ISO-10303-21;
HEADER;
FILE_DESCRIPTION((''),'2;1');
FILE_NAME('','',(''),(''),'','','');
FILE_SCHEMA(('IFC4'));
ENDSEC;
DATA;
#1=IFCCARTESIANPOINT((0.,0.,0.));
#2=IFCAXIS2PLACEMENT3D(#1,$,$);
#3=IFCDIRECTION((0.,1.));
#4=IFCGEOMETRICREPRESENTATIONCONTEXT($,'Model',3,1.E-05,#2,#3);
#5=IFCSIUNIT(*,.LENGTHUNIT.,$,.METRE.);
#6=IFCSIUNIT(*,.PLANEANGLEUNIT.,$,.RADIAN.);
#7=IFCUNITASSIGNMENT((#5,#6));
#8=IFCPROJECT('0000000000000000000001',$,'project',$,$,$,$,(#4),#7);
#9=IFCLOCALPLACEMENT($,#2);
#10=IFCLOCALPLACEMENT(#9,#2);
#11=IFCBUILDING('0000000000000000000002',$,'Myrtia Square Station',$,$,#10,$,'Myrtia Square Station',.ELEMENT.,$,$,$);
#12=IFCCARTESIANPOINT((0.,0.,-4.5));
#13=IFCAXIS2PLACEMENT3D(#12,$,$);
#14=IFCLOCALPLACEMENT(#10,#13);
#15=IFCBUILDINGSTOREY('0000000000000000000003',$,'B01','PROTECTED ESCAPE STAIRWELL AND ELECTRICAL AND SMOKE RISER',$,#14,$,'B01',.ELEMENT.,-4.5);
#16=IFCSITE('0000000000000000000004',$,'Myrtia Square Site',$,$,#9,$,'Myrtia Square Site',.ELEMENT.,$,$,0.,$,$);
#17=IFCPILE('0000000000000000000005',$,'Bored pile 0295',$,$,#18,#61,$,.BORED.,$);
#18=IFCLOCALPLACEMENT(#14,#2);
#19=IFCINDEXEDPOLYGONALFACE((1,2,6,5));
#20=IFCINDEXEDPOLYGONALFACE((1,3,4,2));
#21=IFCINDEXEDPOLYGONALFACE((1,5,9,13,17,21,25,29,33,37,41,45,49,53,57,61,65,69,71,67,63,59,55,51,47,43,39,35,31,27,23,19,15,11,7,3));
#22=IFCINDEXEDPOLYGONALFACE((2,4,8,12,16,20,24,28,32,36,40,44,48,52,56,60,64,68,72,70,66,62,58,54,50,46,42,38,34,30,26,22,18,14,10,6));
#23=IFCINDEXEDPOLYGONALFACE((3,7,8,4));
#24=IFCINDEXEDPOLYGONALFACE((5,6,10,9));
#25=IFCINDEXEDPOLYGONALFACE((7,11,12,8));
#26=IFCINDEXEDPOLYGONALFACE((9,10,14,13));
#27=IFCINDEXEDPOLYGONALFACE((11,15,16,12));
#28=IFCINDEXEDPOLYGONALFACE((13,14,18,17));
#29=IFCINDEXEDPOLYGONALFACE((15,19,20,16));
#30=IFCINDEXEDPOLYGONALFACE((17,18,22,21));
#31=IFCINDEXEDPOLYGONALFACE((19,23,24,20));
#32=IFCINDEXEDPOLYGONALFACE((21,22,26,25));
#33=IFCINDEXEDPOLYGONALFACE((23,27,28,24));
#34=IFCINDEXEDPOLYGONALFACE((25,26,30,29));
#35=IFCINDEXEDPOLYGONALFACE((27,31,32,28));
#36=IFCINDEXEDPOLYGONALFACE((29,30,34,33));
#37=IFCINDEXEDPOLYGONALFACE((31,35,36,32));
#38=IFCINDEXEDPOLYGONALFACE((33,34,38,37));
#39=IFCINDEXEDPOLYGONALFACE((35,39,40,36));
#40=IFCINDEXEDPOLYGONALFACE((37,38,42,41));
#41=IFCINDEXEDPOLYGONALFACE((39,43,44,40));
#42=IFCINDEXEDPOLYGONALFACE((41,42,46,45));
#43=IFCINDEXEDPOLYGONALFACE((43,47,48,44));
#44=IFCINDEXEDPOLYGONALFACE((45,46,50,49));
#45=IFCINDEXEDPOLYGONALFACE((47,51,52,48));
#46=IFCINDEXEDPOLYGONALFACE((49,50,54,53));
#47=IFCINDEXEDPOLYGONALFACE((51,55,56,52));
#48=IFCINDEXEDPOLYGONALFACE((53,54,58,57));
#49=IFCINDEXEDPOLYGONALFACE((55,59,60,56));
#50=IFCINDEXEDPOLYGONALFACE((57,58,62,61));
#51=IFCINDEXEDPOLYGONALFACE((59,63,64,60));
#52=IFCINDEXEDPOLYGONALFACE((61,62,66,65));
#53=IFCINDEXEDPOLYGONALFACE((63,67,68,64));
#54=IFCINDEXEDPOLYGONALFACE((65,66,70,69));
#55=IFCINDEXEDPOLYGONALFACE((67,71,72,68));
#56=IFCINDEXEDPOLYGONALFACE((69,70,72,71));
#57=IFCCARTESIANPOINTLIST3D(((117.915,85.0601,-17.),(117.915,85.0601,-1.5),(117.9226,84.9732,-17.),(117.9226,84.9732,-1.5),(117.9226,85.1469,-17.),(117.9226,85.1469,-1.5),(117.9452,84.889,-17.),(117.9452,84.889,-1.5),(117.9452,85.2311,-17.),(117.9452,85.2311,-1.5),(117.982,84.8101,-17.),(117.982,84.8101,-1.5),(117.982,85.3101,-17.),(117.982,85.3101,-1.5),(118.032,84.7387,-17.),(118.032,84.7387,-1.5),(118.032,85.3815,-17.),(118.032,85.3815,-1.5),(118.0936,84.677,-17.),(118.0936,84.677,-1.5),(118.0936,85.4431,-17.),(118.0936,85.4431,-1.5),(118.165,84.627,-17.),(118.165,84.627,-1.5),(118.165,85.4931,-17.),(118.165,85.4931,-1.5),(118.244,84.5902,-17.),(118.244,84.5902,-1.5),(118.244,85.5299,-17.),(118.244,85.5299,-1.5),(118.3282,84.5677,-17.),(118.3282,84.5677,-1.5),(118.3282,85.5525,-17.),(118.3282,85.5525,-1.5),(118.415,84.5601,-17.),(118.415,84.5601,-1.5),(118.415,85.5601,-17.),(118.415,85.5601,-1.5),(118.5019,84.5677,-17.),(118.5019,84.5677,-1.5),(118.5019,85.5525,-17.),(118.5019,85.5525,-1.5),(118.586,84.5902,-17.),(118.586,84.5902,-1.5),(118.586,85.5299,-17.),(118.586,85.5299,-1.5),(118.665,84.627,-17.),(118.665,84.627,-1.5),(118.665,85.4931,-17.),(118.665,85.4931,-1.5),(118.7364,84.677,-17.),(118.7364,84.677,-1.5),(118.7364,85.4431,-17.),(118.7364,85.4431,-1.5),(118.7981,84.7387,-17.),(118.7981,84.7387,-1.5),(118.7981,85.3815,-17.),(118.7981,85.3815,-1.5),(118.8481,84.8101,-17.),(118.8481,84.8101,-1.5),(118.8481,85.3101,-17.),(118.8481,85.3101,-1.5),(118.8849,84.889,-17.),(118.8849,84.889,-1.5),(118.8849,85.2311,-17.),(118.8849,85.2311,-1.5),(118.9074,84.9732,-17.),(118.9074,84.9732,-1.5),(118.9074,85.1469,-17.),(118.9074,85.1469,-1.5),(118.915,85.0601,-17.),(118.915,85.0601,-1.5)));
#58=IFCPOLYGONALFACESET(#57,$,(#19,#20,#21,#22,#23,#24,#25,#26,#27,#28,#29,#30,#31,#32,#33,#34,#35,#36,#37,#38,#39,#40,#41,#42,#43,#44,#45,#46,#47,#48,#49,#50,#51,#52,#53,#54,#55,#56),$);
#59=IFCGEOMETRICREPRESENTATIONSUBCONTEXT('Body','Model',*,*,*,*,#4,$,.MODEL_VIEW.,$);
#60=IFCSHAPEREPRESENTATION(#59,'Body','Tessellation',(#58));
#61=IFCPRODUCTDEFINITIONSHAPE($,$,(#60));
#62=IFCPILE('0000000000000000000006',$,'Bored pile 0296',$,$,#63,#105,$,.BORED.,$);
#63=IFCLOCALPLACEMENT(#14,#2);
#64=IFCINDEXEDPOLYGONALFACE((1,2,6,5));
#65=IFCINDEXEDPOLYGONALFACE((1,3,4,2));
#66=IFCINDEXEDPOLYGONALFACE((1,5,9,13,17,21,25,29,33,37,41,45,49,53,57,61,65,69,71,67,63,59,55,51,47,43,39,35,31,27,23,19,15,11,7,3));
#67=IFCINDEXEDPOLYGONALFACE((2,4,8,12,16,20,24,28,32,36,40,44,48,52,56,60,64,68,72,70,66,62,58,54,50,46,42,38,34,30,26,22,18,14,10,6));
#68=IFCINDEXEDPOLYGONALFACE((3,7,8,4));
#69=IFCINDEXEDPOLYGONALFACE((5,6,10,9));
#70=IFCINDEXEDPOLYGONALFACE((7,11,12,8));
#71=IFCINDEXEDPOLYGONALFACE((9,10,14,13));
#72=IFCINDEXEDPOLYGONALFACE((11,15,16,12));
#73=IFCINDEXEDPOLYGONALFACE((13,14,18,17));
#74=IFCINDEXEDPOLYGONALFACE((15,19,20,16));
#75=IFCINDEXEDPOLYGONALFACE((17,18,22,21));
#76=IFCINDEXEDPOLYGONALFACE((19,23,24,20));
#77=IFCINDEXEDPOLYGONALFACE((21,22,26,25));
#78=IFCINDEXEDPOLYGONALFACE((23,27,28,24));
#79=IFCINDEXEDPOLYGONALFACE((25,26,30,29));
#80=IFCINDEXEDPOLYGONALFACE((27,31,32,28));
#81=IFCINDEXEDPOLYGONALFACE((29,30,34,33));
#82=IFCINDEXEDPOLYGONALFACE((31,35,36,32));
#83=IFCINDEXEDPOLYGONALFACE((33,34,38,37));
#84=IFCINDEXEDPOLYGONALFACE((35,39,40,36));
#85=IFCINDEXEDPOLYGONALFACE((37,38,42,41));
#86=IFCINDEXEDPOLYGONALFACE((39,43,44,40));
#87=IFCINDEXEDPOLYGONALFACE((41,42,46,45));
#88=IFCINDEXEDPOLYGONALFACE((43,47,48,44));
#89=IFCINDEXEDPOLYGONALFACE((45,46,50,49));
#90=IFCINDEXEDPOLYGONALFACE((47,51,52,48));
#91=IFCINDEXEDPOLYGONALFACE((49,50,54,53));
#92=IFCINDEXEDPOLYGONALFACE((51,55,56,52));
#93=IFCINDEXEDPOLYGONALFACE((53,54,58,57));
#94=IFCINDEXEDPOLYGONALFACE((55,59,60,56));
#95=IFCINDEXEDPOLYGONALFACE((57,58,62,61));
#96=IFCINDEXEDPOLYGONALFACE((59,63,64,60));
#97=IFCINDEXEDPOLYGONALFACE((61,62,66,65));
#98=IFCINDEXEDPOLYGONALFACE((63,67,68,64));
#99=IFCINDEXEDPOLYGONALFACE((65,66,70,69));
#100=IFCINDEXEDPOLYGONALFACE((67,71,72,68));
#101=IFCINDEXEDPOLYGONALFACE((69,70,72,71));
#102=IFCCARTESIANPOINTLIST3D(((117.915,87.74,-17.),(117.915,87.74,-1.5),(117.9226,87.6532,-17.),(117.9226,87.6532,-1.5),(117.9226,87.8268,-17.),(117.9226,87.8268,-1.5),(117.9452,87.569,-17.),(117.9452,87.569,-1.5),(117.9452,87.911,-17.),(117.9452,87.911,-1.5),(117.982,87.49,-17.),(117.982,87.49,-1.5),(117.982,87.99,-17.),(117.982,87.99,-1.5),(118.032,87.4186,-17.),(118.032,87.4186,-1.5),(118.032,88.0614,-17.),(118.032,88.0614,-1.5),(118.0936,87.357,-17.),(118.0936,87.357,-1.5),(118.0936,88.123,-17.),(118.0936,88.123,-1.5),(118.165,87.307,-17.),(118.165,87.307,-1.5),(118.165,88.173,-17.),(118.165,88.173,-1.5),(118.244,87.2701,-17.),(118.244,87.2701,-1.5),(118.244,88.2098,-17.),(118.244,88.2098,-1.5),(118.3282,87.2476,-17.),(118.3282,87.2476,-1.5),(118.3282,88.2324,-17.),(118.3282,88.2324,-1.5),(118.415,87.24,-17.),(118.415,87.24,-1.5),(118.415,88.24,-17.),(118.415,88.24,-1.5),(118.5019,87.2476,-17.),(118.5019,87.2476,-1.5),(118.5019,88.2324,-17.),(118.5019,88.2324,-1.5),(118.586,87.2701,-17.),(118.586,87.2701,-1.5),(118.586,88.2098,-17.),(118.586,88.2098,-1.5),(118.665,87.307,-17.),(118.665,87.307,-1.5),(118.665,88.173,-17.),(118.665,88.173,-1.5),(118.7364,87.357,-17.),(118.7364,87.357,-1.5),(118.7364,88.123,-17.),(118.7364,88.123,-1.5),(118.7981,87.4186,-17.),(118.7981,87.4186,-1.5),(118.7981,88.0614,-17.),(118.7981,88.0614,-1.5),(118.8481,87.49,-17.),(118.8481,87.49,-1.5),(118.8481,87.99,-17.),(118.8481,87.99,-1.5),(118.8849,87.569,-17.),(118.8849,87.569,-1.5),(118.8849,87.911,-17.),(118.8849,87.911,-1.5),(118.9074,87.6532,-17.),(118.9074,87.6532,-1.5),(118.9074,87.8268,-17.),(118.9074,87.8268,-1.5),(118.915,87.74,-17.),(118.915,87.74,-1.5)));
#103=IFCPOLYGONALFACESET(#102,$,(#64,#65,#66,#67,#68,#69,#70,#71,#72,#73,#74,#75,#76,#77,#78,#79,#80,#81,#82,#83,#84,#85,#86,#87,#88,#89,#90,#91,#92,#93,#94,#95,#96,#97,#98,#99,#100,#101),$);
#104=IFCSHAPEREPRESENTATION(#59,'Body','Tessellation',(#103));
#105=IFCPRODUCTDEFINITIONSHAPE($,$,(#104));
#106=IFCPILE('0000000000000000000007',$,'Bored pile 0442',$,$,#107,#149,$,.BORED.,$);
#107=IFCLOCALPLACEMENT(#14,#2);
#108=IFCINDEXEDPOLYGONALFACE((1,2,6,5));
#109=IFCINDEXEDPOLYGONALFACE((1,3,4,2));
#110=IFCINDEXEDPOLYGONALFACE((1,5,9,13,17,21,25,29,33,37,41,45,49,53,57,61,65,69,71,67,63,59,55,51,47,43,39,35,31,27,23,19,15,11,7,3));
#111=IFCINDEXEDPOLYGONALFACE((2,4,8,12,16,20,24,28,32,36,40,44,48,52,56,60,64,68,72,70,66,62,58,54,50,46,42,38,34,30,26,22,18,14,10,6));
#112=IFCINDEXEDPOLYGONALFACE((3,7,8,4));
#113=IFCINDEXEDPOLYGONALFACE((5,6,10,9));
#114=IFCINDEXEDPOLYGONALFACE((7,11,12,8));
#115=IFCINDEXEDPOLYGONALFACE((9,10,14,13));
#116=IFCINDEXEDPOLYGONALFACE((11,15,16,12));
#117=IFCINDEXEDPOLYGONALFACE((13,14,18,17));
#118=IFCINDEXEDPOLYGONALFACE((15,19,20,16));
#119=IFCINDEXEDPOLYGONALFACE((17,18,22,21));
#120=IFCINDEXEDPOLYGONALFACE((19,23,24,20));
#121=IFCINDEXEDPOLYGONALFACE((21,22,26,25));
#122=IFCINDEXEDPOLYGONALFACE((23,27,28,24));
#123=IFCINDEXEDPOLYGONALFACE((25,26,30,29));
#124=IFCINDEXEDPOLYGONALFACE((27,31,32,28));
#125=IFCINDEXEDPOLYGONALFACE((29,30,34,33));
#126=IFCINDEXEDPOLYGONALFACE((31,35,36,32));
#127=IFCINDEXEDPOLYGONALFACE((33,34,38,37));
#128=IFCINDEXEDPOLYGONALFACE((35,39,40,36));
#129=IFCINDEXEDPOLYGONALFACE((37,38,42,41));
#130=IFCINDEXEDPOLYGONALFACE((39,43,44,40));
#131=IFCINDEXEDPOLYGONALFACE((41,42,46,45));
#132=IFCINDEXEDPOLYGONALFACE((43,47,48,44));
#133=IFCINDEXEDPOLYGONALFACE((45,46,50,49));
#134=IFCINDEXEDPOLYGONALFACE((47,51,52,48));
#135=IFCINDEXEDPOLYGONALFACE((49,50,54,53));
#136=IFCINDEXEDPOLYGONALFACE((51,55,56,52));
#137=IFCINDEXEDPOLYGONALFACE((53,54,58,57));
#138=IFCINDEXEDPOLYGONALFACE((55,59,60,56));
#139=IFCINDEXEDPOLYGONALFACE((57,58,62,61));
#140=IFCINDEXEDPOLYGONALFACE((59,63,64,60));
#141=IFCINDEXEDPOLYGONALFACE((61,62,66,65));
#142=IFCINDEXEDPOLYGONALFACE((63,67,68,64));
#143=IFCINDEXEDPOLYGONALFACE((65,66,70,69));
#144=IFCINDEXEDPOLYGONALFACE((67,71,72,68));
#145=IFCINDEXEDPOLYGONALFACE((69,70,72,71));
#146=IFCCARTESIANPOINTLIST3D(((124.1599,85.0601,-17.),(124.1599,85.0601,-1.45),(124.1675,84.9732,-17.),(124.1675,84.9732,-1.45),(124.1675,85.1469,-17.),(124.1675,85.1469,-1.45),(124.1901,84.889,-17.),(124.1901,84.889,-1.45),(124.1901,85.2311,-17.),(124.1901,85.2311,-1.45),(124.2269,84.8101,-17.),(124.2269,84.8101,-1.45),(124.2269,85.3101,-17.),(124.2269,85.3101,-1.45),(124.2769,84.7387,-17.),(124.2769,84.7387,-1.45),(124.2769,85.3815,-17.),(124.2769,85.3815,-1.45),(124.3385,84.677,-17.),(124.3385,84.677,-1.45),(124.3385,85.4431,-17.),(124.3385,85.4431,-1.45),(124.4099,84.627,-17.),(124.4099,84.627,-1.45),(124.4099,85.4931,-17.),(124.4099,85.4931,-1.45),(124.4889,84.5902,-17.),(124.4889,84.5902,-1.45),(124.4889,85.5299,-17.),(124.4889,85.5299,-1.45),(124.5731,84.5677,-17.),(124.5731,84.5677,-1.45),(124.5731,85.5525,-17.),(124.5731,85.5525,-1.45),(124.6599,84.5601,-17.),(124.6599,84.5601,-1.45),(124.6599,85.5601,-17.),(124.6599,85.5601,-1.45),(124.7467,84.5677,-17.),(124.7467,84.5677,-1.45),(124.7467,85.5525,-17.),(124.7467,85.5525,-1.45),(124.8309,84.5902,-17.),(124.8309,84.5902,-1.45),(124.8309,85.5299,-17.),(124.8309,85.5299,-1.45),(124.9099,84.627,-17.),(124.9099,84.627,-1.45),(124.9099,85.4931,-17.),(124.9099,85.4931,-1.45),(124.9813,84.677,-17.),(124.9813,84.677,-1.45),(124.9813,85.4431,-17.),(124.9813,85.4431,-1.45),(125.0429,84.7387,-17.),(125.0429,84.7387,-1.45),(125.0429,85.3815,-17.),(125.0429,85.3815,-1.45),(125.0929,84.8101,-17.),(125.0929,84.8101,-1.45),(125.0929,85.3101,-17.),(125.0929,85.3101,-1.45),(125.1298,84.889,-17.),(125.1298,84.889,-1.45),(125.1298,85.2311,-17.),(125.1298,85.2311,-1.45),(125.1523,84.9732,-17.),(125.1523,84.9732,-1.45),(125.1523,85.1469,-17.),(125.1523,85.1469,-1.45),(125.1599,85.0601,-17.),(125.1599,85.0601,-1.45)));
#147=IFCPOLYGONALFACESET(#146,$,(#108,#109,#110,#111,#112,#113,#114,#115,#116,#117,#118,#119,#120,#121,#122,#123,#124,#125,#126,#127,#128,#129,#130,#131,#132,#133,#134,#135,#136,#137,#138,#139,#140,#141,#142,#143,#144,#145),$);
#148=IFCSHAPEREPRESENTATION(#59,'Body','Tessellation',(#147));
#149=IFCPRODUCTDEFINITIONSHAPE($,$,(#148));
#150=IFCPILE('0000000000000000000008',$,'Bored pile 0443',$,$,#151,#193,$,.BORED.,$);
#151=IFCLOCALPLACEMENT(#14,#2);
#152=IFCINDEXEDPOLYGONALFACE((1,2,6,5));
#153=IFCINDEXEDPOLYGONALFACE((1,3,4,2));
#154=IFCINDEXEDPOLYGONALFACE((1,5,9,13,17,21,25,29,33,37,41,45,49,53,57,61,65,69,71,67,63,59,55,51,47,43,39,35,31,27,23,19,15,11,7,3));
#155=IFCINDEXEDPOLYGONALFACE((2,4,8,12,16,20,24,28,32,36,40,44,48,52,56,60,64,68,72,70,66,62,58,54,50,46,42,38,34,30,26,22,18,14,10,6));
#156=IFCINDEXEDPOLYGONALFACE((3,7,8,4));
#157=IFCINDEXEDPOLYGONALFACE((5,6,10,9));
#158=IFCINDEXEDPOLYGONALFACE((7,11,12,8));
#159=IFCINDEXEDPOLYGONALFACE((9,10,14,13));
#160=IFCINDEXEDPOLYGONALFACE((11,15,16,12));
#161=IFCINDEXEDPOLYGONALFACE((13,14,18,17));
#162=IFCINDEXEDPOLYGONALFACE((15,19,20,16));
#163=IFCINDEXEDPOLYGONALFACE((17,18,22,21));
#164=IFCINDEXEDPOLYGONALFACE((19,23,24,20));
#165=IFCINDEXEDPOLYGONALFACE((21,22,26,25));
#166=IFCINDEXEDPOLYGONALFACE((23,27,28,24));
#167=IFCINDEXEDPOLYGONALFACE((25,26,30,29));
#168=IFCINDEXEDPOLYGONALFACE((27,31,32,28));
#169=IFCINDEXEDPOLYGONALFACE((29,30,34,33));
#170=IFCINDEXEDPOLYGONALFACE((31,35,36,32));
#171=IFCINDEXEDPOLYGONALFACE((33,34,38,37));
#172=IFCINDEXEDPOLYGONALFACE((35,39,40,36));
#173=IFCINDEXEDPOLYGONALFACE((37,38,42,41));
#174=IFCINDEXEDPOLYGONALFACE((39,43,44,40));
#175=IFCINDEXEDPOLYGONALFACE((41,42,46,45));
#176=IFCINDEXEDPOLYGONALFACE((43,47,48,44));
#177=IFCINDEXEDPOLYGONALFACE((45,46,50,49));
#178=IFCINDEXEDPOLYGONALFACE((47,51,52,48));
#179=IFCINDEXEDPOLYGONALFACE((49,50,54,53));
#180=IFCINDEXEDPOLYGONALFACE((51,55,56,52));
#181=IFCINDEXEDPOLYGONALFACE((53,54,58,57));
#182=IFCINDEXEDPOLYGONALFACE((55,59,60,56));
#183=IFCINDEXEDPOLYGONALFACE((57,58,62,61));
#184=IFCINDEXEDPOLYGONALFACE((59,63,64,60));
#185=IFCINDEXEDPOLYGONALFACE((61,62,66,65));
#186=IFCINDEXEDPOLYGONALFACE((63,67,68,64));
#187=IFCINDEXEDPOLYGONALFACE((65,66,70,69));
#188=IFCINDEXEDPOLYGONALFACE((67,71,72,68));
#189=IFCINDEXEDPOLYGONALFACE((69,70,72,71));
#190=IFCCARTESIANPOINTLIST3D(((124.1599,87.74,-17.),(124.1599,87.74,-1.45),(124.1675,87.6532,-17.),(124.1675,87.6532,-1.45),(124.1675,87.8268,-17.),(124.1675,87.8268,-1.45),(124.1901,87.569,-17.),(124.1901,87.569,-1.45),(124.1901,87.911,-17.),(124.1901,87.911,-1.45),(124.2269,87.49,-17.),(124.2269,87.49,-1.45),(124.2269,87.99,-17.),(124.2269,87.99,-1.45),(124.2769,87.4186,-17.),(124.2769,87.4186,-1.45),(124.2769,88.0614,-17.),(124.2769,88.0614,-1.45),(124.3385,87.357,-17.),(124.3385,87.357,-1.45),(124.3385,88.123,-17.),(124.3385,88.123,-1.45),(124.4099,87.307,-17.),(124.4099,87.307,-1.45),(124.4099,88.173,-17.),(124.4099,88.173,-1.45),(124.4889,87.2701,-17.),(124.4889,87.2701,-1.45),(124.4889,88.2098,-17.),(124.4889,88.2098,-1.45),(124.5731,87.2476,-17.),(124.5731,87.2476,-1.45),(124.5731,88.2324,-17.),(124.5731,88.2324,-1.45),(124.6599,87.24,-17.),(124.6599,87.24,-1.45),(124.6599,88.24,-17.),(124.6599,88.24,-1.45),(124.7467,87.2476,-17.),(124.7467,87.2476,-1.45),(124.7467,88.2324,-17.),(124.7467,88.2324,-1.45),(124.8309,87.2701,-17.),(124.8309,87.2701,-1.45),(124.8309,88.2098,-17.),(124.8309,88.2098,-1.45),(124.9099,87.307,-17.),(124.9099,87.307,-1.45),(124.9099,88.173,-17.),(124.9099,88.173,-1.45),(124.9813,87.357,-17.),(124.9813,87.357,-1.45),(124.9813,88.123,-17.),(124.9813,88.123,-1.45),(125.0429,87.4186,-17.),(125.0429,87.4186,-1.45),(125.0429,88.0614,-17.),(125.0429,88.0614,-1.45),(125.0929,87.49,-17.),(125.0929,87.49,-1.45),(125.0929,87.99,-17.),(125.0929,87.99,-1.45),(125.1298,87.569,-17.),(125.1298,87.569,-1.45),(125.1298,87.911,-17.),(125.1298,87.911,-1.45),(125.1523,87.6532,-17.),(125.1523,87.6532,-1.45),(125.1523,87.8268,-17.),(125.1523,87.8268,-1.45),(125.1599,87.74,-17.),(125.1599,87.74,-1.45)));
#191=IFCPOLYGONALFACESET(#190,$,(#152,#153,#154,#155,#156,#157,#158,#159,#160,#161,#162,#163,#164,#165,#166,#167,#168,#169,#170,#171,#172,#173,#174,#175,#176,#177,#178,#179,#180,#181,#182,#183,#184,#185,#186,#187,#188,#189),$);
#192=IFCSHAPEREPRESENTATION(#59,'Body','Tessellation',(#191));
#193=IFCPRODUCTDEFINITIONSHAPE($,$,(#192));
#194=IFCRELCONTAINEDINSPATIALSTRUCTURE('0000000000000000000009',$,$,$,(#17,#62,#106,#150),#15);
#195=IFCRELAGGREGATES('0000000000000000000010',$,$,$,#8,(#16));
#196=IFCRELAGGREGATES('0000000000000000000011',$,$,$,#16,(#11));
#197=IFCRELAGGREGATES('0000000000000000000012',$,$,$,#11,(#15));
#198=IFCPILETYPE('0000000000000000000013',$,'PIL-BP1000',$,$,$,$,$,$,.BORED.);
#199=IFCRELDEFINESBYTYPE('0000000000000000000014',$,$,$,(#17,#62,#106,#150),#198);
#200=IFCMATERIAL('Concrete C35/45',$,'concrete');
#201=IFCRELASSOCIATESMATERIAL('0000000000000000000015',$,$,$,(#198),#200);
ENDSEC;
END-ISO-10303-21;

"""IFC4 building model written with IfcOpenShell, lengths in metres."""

from ifc_helpers import new_model, si_unit, direction, frame, origin, origin_2d, place, context, subcontext, project, spatial, circle, extrude, material, material_profile, profile_set, type_object, element, save


model = new_model("IFC4")

# Units and contexts
model_context = context("Model", 3, precision=1e-05, world=origin(), true_north=direction((0.0, 1.0)))
body_context = subcontext(model_context, "Body", "Model", "MODEL_VIEW")
ifc_project = project(units=[si_unit("LENGTHUNIT", "METRE"), si_unit("PLANEANGLEUNIT", "RADIAN")], contexts=[model_context])

# Site, building, storey
site_placement = place(None, origin())
site = spatial("IfcSite", under=ifc_project, at=site_placement, Name="Myrtia Square Site", LongName="Myrtia Square Site", CompositionType="ELEMENT", RefElevation=0.0)
building_placement = place(site_placement, origin())
building = spatial("IfcBuilding", under=site, at=building_placement, Name="Myrtia Square Station", LongName="Myrtia Square Station", CompositionType="ELEMENT")
storey_placement = place(building_placement, frame((0.0, 0.0, -4.5)))
storey = spatial("IfcBuildingStorey", under=building, at=storey_placement, Name="B01", Description="PROTECTED ESCAPE STAIRWELL AND ELECTRICAL AND SMOKE RISER", LongName="B01", CompositionType="ELEMENT", Elevation=-4.5)

# Shared definitions
ifc_material_1 = material(Name="Concrete C35/45", Category="concrete")

# Piles
ifc_material_profile_1 = material_profile(ifc_material_1, circle(Radius=0.5, at=origin_2d()), Name="BP D1000")
ifc_profile_set_1 = profile_set([ifc_material_profile_1], Name="Concrete C35/45")
pile_type_1 = type_object("IfcPileType", Name="PIL-BP1000", PredefinedType="BORED", material=ifc_profile_set_1)
for number, where, z_axis, x_axis, name in (
    (1, (118.415, 85.0601, -1.5), (0.0, 0.0, -1.0), (1.0, 0.0, 0.0), "Bored pile 0295"),
    (2, (118.415, 87.74, -1.5), (0.0, 0.0, -1.0), (1.0, 0.0, 0.0), "Bored pile 0296"),
):
    element("IfcPile", number, at=place(storey_placement, frame(where, z_axis=z_axis, x_axis=x_axis)), inside=storey, type_object=pile_type_1, Name=name, PredefinedType="BORED", context=body_context, shape_type="SweptSolid", body=[
        extrude(circle(Radius=0.5, at=origin_2d()), origin(), (0.0, 0.0, 1.0), 15.5),
    ])
for number, where, z_axis, x_axis, name in (
    (3, (124.6599, 85.0601, -1.45), (0.0, 0.0, -1.0), (1.0, 0.0, 0.0), "Bored pile 0442"),
    (4, (124.6599, 87.74, -1.45), (0.0, 0.0, -1.0), (1.0, 0.0, 0.0), "Bored pile 0443"),
):
    element("IfcPile", number, at=place(storey_placement, frame(where, z_axis=z_axis, x_axis=x_axis)), inside=storey, type_object=pile_type_1, Name=name, PredefinedType="BORED", context=body_context, shape_type="SweptSolid", body=[
        extrude(circle(Radius=0.5, at=origin_2d()), origin(), (0.0, 0.0, 1.0), 15.55),
    ])

save(model, "model.ifc")
